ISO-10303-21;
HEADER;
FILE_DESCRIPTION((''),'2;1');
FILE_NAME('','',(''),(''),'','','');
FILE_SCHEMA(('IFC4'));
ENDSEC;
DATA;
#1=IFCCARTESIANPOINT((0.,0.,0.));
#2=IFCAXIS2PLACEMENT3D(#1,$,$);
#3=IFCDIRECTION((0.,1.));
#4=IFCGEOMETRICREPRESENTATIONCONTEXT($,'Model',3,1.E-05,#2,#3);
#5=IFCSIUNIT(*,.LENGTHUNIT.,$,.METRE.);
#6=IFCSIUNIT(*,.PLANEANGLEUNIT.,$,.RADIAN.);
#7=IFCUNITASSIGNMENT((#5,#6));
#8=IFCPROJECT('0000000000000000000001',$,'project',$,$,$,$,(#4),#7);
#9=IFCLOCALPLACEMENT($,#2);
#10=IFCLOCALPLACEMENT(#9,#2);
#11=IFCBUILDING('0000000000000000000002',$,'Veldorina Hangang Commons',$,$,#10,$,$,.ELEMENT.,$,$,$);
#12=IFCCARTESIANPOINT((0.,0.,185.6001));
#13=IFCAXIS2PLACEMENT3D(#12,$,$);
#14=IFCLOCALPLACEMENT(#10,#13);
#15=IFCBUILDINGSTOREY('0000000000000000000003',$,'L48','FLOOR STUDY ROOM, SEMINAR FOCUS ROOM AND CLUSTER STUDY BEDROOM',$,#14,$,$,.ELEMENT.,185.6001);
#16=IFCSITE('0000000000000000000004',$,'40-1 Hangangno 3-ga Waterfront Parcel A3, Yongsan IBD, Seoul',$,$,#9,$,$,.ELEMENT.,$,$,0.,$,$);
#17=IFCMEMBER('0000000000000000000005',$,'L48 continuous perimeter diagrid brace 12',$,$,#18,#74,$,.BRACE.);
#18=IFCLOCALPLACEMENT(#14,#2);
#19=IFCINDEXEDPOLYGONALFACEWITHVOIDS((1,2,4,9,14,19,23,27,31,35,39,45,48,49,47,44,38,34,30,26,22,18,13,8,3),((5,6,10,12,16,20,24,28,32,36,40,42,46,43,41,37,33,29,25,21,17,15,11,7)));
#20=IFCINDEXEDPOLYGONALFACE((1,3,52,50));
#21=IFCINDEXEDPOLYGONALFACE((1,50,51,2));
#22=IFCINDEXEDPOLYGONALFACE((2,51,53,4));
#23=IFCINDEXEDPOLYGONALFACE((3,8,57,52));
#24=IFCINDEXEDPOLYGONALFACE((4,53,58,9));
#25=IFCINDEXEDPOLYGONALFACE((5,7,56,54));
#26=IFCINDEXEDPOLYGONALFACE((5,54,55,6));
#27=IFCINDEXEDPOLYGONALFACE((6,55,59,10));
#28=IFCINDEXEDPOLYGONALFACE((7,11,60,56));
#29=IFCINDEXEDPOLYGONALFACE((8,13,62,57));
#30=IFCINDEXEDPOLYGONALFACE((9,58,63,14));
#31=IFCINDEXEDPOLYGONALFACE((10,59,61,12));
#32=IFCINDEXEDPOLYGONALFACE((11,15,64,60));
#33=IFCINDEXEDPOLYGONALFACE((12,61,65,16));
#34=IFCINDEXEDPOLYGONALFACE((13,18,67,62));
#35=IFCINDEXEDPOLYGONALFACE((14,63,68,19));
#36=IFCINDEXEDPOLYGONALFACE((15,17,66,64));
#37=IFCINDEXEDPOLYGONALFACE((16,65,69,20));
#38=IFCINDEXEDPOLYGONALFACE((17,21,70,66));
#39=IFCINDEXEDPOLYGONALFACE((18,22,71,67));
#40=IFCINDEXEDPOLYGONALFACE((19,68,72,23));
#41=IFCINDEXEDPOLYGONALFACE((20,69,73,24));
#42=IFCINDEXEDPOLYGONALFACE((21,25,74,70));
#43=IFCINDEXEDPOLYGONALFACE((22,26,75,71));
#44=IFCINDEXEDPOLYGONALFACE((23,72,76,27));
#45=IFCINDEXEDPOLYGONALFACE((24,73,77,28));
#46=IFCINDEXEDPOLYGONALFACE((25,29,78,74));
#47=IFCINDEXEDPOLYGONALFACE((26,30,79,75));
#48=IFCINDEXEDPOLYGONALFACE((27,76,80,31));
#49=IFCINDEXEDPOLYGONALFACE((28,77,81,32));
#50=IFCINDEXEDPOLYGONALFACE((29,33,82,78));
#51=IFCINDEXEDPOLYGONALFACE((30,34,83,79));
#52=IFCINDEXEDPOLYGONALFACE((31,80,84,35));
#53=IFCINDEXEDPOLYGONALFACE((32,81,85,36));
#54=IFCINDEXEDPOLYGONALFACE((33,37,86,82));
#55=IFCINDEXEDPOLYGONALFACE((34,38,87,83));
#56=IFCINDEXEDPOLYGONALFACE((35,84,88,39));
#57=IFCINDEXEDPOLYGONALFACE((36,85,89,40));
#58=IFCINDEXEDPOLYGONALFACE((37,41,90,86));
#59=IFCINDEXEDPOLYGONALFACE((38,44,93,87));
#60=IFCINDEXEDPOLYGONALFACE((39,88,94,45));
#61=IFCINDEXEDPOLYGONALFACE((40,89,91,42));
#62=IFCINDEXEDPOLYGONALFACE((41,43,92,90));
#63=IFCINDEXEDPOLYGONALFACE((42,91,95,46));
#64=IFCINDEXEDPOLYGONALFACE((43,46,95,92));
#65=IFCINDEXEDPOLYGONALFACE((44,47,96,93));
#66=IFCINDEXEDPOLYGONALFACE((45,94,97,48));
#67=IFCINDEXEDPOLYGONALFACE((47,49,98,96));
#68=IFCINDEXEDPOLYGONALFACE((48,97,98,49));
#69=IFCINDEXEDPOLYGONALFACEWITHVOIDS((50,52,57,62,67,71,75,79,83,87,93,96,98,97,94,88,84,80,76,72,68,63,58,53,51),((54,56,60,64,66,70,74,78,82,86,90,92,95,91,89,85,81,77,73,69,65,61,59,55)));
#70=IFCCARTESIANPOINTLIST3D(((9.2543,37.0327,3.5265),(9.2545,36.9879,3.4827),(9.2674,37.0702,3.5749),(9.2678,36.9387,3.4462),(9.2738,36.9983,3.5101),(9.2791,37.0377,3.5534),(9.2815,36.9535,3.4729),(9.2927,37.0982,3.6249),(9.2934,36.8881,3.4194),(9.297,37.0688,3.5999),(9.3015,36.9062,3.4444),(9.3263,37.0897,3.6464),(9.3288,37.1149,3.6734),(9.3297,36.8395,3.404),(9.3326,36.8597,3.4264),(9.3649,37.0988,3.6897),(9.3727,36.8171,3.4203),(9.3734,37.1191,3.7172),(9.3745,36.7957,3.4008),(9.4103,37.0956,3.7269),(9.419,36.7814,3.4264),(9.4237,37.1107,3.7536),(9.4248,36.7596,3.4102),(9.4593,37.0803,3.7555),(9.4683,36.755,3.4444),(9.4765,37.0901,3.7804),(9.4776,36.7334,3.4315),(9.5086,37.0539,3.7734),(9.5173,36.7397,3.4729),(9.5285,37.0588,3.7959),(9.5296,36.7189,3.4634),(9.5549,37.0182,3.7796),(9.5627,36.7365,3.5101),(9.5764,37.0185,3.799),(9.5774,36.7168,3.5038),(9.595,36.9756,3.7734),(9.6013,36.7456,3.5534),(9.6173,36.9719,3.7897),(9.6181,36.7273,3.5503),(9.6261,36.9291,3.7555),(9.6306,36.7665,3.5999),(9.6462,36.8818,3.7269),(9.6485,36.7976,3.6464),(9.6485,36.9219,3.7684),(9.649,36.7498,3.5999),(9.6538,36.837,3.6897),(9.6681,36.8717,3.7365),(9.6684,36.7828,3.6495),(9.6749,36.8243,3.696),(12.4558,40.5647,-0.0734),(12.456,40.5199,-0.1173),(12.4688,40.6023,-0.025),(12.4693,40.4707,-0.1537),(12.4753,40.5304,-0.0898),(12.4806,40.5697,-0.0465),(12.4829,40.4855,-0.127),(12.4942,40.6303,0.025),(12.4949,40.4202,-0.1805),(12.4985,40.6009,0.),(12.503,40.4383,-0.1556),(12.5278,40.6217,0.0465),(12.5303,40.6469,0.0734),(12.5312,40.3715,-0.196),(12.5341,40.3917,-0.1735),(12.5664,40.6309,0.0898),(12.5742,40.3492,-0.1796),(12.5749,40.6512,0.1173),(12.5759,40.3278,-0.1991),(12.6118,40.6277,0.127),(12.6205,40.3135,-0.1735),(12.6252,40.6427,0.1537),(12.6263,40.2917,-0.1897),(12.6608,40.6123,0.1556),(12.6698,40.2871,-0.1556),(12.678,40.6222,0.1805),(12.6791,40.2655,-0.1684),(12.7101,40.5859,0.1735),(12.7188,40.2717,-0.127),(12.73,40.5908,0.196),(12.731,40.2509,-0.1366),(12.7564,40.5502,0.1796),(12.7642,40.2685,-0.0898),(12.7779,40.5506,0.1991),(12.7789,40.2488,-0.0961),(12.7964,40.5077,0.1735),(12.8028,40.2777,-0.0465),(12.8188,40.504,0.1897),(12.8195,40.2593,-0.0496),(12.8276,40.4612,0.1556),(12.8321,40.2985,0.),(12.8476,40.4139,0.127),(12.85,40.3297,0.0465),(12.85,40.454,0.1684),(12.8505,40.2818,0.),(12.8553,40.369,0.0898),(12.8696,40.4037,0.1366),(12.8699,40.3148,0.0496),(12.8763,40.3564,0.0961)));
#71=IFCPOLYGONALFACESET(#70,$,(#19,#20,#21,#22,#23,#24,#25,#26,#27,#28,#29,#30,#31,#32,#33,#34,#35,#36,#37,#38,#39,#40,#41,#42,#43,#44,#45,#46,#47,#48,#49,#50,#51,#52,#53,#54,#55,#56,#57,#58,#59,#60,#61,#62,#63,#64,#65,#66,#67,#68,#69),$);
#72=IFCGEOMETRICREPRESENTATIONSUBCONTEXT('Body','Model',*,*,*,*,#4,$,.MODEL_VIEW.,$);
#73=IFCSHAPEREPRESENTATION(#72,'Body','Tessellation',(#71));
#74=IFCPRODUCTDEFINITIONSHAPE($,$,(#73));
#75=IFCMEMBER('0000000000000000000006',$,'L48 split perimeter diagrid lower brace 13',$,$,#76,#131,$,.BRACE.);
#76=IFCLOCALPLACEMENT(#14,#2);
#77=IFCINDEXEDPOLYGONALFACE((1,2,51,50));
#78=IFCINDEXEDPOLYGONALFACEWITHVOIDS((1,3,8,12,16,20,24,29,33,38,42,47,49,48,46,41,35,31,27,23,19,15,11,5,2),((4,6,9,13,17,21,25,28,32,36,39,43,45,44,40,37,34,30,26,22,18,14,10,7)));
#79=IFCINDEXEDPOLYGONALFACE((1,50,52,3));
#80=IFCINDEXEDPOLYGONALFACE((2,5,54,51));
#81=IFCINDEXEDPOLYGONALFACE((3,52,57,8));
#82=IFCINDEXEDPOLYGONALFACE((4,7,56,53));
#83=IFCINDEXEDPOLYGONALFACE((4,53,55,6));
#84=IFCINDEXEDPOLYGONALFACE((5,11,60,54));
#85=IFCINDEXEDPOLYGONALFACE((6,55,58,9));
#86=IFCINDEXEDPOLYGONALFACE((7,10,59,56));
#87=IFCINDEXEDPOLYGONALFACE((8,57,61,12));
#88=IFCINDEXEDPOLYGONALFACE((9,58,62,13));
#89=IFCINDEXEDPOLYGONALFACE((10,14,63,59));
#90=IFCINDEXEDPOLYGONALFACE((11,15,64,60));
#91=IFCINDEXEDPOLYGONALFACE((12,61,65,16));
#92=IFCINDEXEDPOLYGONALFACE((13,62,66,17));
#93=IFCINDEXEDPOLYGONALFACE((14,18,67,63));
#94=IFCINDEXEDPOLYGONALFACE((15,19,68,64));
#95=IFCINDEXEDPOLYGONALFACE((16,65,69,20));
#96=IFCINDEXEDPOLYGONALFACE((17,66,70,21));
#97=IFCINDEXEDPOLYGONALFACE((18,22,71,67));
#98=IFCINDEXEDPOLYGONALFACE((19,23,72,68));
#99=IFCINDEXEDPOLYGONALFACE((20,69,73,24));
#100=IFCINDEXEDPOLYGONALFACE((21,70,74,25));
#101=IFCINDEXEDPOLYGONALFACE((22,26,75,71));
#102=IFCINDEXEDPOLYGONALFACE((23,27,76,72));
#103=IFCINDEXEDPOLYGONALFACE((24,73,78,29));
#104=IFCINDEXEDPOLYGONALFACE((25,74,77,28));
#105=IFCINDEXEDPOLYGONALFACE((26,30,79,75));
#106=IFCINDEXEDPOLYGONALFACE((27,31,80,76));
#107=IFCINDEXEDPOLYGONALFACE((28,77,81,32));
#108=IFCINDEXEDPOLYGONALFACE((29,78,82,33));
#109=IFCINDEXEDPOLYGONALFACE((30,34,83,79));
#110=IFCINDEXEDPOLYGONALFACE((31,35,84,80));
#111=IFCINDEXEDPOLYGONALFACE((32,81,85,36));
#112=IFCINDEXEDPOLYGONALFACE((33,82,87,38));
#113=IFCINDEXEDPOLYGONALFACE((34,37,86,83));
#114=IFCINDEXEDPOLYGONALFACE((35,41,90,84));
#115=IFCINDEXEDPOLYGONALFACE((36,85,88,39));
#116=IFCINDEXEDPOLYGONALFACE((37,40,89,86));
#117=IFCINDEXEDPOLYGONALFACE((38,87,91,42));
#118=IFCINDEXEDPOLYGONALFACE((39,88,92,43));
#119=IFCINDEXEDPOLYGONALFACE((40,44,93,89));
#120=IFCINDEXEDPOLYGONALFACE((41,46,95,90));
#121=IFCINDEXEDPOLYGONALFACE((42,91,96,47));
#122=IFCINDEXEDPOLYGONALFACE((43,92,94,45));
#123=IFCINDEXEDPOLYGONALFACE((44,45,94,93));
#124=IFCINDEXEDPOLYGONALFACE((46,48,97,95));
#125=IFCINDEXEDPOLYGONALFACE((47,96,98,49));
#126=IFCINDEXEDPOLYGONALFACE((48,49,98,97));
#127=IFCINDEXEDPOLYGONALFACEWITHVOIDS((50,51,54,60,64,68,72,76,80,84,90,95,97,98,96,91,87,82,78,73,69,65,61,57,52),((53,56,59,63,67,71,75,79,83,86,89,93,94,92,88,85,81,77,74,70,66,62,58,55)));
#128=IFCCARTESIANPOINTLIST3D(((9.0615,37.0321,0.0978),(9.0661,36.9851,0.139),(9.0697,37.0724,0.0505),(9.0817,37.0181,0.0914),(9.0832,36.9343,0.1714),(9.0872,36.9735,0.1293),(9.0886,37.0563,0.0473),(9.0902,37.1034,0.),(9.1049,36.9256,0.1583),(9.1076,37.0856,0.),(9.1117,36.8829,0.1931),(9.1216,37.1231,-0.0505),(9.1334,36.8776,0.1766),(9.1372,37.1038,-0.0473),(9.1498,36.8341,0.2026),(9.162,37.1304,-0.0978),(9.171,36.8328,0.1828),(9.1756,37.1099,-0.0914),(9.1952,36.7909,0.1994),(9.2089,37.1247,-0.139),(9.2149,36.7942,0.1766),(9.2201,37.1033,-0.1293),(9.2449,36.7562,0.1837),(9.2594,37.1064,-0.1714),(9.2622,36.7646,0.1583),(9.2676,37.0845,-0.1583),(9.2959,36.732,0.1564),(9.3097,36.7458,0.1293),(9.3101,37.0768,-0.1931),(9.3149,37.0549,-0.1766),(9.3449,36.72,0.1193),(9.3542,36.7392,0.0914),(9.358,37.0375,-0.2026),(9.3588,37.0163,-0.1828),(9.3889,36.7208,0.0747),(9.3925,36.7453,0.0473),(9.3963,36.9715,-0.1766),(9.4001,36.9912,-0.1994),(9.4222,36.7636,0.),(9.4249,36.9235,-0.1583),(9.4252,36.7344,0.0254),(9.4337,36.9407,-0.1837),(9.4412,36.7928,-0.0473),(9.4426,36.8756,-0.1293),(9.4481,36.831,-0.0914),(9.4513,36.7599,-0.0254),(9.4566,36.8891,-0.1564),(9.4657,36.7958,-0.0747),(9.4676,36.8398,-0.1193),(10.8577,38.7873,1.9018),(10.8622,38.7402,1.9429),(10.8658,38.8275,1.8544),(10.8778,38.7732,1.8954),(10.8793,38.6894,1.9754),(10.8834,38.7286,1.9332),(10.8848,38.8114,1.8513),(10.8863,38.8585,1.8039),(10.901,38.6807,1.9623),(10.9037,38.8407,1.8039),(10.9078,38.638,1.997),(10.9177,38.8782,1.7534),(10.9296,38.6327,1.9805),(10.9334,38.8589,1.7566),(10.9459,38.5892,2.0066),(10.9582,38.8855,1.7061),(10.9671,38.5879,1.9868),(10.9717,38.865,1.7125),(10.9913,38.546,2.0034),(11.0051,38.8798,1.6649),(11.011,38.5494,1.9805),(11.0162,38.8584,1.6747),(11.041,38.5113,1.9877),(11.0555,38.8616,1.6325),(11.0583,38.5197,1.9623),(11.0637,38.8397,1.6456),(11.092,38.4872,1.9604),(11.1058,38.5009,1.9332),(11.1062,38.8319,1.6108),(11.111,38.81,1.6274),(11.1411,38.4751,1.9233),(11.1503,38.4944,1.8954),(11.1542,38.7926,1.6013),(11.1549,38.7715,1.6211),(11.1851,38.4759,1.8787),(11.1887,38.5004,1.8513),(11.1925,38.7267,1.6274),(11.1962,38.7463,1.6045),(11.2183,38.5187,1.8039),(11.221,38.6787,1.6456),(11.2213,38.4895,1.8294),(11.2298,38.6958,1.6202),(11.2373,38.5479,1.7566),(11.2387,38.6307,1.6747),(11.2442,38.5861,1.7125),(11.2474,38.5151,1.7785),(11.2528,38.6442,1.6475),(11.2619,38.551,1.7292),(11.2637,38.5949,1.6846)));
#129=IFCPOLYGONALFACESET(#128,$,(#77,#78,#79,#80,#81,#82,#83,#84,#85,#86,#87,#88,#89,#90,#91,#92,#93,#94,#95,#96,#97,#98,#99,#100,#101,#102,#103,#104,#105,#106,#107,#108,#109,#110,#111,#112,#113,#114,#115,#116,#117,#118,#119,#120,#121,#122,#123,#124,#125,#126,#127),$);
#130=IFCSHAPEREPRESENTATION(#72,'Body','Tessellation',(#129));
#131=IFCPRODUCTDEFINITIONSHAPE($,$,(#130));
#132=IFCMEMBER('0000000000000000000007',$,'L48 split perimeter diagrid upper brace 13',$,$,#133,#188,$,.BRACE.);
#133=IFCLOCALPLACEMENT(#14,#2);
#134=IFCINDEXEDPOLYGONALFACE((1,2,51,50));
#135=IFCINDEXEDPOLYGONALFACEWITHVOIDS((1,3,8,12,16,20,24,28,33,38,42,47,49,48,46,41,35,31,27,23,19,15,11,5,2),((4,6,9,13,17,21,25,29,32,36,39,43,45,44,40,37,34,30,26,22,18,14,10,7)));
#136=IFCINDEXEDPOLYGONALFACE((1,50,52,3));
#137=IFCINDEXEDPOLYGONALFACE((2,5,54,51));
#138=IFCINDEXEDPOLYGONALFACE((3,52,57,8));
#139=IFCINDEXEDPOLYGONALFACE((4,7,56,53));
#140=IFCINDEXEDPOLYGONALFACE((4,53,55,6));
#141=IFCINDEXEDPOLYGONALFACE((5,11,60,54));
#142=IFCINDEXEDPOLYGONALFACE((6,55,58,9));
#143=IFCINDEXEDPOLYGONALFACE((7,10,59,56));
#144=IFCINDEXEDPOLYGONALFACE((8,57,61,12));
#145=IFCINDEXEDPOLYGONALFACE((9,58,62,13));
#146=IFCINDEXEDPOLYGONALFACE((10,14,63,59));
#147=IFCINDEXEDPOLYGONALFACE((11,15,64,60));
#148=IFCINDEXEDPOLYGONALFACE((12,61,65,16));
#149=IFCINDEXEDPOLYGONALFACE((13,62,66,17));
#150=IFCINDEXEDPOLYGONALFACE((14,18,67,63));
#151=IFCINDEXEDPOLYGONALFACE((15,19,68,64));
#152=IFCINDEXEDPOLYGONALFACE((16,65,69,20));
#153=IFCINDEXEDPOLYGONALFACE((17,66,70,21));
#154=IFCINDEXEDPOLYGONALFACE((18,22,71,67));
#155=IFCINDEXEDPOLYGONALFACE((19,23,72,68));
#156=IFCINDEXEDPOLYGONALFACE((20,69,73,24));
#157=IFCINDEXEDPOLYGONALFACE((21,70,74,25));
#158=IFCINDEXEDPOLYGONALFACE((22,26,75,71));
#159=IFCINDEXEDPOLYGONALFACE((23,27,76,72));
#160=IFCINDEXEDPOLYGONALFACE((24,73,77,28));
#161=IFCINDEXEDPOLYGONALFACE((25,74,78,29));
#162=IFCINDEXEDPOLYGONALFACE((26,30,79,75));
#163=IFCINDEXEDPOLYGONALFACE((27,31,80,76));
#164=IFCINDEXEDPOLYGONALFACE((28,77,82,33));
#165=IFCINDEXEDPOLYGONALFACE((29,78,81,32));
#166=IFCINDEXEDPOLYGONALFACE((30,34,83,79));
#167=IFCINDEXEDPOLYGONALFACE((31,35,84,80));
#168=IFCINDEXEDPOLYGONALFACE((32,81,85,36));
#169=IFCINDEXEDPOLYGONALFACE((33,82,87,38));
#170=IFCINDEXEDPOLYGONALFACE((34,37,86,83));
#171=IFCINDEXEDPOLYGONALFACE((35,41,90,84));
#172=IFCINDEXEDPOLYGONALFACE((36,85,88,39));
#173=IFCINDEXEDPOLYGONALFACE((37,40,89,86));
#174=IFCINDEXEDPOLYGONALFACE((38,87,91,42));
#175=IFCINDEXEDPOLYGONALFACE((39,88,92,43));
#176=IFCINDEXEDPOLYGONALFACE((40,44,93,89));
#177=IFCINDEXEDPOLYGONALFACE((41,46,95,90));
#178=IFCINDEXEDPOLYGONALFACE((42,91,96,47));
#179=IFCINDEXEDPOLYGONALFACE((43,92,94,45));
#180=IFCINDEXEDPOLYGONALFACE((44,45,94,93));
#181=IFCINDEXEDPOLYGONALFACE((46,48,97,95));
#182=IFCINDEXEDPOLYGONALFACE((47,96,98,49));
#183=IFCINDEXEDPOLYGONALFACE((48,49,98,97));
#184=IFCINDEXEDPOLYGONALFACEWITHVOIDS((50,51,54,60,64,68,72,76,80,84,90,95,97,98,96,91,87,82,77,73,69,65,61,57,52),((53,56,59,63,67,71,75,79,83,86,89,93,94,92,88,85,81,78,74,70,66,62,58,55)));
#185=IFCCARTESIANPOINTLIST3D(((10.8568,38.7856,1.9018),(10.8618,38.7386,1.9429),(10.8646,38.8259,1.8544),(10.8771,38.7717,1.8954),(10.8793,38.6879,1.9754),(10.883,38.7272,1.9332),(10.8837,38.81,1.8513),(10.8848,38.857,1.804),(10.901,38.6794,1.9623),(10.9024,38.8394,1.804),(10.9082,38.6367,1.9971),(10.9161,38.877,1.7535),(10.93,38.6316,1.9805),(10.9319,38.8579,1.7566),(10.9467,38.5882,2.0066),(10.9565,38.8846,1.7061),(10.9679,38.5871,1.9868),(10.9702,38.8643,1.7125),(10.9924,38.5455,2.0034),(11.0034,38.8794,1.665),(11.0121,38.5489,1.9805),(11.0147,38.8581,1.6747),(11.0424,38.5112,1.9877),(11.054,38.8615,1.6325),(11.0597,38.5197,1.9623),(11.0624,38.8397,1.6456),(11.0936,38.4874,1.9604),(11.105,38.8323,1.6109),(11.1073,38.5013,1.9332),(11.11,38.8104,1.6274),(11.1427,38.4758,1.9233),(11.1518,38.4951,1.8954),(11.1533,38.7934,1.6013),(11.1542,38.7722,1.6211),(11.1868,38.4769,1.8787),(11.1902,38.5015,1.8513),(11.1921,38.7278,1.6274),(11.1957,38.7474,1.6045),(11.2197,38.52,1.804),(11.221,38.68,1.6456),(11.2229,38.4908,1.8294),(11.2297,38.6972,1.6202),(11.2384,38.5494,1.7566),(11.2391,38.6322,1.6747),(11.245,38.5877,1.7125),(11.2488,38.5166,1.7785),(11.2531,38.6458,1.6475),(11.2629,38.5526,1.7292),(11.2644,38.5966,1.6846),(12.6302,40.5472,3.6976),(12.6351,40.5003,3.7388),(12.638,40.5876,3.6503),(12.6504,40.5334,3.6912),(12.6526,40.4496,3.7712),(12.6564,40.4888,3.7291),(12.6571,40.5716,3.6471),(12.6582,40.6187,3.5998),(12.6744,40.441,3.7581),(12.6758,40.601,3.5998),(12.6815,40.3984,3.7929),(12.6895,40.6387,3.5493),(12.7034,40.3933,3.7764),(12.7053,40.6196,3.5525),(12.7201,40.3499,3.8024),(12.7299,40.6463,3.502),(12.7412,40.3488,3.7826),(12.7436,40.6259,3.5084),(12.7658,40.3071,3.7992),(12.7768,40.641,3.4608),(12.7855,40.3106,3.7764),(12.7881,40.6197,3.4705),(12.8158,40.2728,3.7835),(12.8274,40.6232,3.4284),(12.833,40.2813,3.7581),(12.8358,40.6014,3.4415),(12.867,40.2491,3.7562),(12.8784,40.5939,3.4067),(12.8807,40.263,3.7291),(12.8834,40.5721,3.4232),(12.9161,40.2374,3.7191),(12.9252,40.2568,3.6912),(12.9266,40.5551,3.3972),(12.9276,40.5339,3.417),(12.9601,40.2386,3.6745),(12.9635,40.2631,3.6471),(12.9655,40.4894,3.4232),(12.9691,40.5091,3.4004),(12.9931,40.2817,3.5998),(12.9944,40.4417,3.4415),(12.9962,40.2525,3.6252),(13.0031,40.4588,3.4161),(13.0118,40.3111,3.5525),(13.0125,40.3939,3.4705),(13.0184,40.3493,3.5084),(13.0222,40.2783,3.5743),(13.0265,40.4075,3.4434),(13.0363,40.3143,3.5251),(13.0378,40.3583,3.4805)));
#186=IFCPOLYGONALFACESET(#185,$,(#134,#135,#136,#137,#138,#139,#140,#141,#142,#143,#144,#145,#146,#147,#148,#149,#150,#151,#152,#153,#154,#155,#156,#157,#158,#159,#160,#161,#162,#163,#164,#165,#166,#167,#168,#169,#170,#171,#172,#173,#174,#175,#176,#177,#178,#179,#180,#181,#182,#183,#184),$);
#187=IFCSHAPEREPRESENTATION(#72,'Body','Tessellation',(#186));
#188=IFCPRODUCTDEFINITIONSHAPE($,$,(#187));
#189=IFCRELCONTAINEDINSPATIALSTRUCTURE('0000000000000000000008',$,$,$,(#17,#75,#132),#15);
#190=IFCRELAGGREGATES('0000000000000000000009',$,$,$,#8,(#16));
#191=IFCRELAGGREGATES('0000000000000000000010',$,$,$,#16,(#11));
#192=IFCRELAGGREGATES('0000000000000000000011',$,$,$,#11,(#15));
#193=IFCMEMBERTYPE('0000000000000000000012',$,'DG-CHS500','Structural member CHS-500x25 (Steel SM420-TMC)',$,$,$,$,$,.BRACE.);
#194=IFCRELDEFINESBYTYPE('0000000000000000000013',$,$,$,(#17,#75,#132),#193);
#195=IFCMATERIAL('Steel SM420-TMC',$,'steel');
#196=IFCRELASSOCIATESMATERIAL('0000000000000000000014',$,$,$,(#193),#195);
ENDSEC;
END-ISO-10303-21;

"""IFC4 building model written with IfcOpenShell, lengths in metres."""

from ifc_helpers import new_model, si_unit, direction, frame, origin, origin_2d, place, context, subcontext, project, spatial, hollow_circle, extrude, material, material_profile, profile_set, type_object, element, save


model = new_model("IFC4")

# Units and contexts
model_context = context("Model", 3, precision=1e-05, world=origin(), true_north=direction((0.0, 1.0)))
body_context = subcontext(model_context, "Body", "Model", "MODEL_VIEW")
ifc_project = project(units=[si_unit("LENGTHUNIT", "METRE"), si_unit("PLANEANGLEUNIT", "RADIAN")], contexts=[model_context])

# Site, building, storey
site_placement = place(None, origin())
site = spatial("IfcSite", under=ifc_project, at=site_placement, Name="40-1 Hangangno 3-ga Waterfront Parcel A3, Yongsan IBD, Seoul", CompositionType="ELEMENT", RefElevation=0.0)
building_placement = place(site_placement, origin())
building = spatial("IfcBuilding", under=site, at=building_placement, Name="Veldorina Hangang Commons", CompositionType="ELEMENT")
storey_placement = place(building_placement, frame((0.0, 0.0, 185.6001)))
storey = spatial("IfcBuildingStorey", under=building, at=storey_placement, Name="L48", Description="FLOOR STUDY ROOM, SEMINAR FOCUS ROOM AND CLUSTER STUDY BEDROOM", CompositionType="ELEMENT", Elevation=185.6001)

# Shared definitions
ifc_material_1 = material(Name="Steel SM420-TMC", Category="steel")

# Members
ifc_material_profile_1 = material_profile(ifc_material_1, hollow_circle(Radius=0.25, WallThickness=0.0249, at=origin_2d()), Name="CHS-500x25")
ifc_profile_set_1 = profile_set([ifc_material_profile_1], Name="Steel SM420-TMC")
member_type = type_object("IfcMemberType", Name="DG-CHS500", Description="Structural member CHS-500x25 (Steel SM420-TMC)", PredefinedType="BRACE", material=ifc_profile_set_1)
member_1_placement = place(storey_placement, frame((12.6653, 40.4497, 0.0), z_axis=(-0.535935, -0.591273, 0.602635), x_axis=(0.740929, -0.671584, 0.0)))
element("IfcMember", 1, at=member_1_placement, inside=storey, type_object=member_type, Name="L48 continuous perimeter diagrid brace 12", PredefinedType="BRACE", context=body_context, shape_type="SweptSolid", body=[
    extrude(hollow_circle(Radius=0.25, WallThickness=0.0249, at=origin_2d()), origin(), (0.0, 0.0, 1.0), 5.9736),
])
member_2_placement = place(storey_placement, frame((9.2649, 36.9246, 0.0), z_axis=(0.580888, 0.567623, 0.583415), x_axis=(-0.698893, 0.715226, 0.0)))
element("IfcMember", 2, at=member_2_placement, inside=storey, type_object=member_type, Name="L48 split perimeter diagrid lower brace 13", PredefinedType="BRACE", context=body_context, shape_type="SweptSolid", body=[
    extrude(hollow_circle(Radius=0.25, WallThickness=0.0249, at=origin_2d()), origin(), (0.0, 0.0, 1.0), 3.092),
])
member_3_placement = place(storey_placement, frame((11.061, 38.6797, 1.804), z_axis=(0.576169, 0.572361, 0.583466), x_axis=(-0.704759, 0.709447, 0.0)))
element("IfcMember", 3, at=member_3_placement, inside=storey, type_object=member_type, Name="L48 split perimeter diagrid upper brace 13", PredefinedType="BRACE", context=body_context, shape_type="SweptSolid", body=[
    extrude(hollow_circle(Radius=0.25, WallThickness=0.0249, at=origin_2d()), origin(), (0.0, 0.0, 1.0), 3.0779),
])

save(model, "model.ifc")
